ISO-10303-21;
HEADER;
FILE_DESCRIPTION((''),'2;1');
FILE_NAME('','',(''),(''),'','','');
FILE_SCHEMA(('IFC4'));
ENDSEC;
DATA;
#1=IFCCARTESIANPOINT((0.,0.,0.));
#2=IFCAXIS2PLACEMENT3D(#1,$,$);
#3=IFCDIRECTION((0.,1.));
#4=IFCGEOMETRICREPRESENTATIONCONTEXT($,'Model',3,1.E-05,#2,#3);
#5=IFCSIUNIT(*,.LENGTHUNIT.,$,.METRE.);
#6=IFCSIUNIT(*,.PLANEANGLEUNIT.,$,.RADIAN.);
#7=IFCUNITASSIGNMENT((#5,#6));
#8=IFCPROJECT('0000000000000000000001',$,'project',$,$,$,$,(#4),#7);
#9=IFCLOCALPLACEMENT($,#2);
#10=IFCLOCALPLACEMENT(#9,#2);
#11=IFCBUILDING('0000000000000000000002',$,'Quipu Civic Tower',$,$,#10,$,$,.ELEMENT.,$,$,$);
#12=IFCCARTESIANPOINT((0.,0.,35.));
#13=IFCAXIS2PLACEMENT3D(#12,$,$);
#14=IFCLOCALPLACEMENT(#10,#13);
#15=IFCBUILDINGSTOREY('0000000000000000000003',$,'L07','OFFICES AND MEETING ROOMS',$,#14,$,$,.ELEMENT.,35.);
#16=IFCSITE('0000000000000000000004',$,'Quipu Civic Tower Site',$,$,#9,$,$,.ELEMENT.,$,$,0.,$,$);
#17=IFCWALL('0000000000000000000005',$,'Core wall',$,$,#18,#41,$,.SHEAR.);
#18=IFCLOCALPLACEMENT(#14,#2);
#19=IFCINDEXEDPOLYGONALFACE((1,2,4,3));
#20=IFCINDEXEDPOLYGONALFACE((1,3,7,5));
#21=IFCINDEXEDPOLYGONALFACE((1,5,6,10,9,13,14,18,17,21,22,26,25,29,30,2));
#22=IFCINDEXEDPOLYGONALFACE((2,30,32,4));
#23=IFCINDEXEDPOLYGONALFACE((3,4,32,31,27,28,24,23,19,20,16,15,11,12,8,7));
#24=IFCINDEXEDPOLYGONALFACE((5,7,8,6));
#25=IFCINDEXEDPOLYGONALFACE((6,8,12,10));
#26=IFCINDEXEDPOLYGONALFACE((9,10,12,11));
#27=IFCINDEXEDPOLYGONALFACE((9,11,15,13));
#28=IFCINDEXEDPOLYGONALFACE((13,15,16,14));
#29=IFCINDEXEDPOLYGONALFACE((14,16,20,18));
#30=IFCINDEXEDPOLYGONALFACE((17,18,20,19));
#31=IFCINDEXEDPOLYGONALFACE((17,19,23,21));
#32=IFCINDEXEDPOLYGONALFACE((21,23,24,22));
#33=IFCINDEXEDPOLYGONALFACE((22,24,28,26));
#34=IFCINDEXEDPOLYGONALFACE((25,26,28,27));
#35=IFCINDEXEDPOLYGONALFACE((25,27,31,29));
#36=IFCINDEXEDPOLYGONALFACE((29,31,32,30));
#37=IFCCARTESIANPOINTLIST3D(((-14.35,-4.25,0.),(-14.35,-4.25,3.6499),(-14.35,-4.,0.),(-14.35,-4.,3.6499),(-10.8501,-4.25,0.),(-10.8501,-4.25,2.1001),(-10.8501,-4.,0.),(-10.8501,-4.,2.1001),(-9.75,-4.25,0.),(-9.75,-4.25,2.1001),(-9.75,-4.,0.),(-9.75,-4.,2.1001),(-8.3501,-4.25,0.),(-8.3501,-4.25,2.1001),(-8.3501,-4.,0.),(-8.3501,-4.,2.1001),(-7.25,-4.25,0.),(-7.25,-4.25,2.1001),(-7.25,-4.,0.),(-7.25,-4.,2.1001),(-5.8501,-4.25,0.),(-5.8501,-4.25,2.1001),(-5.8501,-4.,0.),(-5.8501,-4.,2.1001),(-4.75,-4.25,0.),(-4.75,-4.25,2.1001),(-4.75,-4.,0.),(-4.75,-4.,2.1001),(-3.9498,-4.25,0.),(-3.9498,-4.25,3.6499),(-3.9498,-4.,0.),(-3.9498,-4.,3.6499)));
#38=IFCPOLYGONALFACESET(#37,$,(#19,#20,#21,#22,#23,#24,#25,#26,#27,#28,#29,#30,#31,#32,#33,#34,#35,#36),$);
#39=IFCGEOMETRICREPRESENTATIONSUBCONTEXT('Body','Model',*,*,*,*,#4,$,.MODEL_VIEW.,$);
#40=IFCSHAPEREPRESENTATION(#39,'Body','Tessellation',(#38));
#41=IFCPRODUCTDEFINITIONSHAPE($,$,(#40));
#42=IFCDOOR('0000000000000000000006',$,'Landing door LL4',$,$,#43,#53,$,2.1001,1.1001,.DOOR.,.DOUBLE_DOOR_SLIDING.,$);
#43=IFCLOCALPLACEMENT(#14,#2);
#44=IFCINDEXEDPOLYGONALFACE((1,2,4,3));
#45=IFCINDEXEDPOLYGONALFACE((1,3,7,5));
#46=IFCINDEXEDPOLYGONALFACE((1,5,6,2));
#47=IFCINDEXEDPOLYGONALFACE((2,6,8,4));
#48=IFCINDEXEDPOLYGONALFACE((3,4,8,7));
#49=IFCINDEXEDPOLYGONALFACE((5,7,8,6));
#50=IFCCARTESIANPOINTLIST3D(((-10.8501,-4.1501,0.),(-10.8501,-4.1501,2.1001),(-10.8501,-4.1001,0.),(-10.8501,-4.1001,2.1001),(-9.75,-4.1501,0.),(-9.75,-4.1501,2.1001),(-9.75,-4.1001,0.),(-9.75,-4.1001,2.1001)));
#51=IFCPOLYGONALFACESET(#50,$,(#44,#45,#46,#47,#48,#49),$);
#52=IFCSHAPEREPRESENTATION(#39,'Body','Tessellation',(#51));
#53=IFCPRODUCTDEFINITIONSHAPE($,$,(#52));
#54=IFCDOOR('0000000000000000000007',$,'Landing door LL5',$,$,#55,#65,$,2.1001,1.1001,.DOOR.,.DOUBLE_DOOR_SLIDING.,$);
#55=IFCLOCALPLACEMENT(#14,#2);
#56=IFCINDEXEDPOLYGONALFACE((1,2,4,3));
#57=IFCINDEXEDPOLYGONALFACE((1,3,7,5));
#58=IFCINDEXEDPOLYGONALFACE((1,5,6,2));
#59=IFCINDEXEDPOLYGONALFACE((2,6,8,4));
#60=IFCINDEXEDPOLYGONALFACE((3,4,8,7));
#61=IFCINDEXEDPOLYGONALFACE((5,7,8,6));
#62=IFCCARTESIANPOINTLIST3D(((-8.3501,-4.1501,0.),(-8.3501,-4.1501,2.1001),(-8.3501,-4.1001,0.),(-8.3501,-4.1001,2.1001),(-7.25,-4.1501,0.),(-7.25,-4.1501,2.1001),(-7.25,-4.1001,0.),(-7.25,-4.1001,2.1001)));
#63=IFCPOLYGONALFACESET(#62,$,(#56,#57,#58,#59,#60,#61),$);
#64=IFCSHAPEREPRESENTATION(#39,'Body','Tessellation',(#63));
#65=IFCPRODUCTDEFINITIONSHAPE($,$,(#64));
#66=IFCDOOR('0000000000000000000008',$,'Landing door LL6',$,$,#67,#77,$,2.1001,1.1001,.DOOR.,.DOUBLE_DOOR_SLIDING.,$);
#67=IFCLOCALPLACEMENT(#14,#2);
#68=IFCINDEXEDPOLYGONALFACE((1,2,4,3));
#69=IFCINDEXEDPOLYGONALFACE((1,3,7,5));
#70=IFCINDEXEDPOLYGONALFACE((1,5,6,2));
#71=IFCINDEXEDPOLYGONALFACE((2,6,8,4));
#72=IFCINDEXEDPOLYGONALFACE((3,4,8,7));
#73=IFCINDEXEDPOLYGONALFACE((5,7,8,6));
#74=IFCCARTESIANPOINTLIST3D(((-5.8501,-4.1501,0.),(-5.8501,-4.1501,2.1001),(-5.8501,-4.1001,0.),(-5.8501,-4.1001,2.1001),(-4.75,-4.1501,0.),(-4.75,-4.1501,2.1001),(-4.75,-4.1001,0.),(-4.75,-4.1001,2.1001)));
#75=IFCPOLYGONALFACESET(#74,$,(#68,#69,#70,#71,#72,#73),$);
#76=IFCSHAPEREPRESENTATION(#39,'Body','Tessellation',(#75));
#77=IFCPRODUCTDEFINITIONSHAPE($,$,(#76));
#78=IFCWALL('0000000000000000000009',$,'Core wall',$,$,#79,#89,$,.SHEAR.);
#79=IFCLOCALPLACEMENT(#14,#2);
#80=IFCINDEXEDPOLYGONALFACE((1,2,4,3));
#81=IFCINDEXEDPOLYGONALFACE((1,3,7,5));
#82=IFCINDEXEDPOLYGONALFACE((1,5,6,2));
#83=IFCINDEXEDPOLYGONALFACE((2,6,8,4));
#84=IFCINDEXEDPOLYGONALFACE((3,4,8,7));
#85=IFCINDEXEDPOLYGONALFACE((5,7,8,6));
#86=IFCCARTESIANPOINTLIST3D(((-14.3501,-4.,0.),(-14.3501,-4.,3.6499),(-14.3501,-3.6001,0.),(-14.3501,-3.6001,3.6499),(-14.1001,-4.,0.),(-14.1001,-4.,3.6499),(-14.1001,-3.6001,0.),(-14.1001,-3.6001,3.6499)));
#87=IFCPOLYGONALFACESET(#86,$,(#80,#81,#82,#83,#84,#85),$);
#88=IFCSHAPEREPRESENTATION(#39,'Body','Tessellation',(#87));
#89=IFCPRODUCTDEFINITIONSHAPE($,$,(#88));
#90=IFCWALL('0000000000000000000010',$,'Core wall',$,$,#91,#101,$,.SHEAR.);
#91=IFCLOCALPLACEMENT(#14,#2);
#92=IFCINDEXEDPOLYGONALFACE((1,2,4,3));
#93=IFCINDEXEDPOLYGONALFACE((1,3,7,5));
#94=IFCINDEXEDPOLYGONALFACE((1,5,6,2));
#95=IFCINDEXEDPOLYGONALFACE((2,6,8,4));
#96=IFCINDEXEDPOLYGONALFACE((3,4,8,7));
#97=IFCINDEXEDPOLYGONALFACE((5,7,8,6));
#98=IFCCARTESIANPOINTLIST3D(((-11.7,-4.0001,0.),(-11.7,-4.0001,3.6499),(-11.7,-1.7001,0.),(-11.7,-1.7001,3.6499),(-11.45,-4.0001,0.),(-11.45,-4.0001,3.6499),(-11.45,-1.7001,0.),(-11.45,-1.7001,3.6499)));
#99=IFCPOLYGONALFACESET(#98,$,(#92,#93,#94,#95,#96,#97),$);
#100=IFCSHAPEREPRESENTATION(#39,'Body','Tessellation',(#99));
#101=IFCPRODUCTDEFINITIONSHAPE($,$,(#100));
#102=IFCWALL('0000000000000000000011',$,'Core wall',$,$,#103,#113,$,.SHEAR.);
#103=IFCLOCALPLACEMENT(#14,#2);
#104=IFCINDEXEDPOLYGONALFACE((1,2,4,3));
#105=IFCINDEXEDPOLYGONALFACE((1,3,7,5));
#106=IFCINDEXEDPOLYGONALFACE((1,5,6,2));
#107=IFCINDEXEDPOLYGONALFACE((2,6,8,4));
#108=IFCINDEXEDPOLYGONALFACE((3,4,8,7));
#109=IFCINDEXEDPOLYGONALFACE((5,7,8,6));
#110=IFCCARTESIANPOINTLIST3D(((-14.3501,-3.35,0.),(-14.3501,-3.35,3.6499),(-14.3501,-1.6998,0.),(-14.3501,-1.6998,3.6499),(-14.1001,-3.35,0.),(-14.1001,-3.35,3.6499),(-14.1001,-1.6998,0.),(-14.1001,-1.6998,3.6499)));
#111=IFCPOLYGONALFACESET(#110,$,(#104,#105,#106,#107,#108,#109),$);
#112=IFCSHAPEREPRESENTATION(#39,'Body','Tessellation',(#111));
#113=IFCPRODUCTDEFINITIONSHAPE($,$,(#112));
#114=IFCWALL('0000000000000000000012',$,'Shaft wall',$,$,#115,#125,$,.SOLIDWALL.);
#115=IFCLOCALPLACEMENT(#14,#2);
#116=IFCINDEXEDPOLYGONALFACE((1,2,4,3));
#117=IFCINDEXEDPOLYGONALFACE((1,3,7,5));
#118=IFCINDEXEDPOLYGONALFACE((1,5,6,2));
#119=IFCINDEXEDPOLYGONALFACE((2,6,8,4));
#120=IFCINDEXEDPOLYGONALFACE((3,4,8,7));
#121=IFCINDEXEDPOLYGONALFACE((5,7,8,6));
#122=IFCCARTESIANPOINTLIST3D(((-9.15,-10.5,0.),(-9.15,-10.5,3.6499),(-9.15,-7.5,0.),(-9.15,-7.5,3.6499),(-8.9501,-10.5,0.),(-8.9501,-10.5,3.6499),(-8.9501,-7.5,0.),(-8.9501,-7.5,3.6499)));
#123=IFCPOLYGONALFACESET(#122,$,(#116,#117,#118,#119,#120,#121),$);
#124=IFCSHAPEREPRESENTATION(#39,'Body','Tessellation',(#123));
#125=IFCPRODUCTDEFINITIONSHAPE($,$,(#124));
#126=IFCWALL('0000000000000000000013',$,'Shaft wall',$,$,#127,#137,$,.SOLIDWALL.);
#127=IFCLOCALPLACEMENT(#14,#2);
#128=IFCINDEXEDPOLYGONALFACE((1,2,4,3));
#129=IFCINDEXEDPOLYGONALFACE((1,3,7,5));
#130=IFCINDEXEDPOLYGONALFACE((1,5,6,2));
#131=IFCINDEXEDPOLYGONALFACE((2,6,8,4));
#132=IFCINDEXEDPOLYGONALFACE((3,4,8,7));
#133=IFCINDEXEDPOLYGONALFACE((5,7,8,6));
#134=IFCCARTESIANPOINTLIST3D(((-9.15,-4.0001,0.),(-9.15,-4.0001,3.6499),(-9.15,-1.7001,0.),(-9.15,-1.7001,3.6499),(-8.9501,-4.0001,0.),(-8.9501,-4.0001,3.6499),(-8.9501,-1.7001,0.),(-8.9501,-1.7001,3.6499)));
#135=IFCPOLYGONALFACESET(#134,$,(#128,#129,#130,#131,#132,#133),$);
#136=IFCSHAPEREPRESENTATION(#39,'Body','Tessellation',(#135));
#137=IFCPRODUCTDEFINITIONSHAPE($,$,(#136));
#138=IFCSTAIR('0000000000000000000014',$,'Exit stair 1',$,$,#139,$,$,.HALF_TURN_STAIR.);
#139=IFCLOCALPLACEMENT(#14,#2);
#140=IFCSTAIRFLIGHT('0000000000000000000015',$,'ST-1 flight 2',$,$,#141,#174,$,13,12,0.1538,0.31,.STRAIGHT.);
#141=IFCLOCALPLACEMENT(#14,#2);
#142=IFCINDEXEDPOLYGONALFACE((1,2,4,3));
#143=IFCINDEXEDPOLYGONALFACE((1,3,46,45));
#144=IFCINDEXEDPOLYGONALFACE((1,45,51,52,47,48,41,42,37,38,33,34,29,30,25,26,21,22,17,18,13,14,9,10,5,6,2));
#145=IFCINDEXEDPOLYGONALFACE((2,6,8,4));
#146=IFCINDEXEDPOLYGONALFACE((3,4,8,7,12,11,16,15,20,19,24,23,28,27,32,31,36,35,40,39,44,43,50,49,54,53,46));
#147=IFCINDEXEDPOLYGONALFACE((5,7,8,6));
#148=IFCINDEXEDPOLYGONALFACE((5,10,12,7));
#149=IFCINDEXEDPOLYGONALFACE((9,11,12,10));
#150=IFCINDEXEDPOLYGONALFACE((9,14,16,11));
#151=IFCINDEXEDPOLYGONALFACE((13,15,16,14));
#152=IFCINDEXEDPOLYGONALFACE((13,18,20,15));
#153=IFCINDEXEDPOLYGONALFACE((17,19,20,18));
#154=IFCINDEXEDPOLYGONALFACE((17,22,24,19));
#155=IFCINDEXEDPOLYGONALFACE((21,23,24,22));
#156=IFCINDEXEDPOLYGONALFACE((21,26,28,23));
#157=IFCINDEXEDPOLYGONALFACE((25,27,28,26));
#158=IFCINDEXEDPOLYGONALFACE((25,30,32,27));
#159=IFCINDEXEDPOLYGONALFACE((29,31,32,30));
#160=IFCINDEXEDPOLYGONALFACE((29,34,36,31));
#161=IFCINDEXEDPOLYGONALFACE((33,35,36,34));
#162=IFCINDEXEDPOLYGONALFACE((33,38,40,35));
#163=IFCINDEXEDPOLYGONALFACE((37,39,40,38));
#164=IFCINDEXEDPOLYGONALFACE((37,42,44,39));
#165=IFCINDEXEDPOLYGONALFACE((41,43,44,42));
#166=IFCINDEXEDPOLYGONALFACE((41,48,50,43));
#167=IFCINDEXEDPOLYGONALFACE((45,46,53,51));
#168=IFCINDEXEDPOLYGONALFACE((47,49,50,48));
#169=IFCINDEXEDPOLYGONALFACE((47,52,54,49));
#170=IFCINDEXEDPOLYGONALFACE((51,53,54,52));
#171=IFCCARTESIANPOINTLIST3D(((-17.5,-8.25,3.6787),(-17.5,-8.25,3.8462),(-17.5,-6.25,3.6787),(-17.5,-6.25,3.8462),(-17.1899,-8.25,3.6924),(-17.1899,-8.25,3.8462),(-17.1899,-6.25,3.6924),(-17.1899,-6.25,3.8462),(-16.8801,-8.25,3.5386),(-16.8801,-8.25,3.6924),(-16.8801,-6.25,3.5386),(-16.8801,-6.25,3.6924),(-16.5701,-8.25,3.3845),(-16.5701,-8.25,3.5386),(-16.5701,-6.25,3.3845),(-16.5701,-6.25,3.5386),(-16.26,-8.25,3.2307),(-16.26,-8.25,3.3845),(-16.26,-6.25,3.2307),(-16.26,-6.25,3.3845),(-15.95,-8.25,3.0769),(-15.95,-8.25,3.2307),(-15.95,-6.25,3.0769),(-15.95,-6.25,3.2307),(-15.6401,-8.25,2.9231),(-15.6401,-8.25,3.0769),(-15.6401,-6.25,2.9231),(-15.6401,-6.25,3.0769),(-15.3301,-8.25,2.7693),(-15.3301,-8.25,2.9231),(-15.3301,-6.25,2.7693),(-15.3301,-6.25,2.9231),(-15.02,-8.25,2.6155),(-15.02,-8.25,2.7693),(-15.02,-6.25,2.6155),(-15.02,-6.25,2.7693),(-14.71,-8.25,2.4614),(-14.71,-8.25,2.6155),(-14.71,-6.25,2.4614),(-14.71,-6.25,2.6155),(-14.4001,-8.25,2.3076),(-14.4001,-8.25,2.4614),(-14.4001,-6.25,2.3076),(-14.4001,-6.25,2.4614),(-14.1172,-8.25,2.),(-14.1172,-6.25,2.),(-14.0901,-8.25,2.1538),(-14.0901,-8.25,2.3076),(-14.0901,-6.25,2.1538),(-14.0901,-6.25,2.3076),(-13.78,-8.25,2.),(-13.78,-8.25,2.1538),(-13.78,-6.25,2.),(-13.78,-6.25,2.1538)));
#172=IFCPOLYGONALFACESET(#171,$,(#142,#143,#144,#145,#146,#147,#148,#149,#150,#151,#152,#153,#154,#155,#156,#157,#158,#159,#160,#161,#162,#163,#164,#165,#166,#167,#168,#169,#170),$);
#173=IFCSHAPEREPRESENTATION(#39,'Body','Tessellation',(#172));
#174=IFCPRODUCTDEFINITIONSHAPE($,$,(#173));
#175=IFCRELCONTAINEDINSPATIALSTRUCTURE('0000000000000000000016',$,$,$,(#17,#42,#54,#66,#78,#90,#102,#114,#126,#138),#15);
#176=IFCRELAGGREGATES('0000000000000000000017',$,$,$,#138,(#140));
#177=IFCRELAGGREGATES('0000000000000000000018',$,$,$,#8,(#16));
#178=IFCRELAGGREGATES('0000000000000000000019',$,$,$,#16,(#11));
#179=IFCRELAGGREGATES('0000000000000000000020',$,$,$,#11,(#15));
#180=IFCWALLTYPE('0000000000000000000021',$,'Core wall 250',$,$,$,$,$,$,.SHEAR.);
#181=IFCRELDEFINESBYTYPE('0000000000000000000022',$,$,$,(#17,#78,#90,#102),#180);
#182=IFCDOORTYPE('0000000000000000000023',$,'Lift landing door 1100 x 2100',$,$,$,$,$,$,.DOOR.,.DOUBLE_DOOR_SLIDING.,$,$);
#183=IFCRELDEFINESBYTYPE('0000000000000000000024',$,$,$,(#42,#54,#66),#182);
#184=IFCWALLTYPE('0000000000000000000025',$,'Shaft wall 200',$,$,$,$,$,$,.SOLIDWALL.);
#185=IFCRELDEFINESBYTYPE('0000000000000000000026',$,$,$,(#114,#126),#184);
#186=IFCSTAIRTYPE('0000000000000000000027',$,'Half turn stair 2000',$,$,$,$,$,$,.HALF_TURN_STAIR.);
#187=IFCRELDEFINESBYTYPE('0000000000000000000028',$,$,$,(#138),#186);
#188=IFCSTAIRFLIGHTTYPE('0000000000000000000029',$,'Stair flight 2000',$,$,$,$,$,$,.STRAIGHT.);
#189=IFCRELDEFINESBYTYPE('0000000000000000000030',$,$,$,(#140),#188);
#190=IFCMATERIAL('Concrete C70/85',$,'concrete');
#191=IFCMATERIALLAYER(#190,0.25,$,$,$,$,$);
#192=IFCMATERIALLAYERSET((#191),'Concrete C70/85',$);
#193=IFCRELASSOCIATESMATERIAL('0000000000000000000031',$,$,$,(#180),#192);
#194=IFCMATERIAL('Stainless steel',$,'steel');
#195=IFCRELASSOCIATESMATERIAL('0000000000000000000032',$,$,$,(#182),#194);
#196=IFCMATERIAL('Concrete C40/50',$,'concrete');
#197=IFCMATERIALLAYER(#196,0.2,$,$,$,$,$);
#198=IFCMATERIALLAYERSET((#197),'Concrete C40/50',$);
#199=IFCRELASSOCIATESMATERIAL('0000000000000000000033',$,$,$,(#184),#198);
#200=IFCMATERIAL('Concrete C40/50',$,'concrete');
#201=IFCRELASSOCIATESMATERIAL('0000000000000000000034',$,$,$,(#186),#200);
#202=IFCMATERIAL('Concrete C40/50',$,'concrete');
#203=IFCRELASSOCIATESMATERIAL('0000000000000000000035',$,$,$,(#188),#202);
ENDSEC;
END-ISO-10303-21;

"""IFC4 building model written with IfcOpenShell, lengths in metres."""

from ifc_helpers import new_model, si_unit, direction, frame, frame_2d, origin, place, context, subcontext, project, spatial, polyline, rectangle, outline, extrude, material, layer, layer_set, type_object, element, fill, aggregate, save


model = new_model("IFC4")

# Units and contexts
model_context = context("Model", 3, precision=1e-05, world=origin(), true_north=direction((0.0, 1.0)))
body_context = subcontext(model_context, "Body", "Model", "MODEL_VIEW")
ifc_project = project(units=[si_unit("LENGTHUNIT", "METRE"), si_unit("PLANEANGLEUNIT", "RADIAN")], contexts=[model_context])

# Site, building, storey
site_placement = place(None, origin())
site = spatial("IfcSite", under=ifc_project, at=site_placement, Name="Quipu Civic Tower Site", CompositionType="ELEMENT", RefElevation=0.0)
building_placement = place(site_placement, origin())
building = spatial("IfcBuilding", under=site, at=building_placement, Name="Quipu Civic Tower", CompositionType="ELEMENT")
storey_placement = place(building_placement, frame((0.0, 0.0, 35.0)))
storey = spatial("IfcBuildingStorey", under=building, at=storey_placement, Name="L07", Description="OFFICES AND MEETING ROOMS", CompositionType="ELEMENT", Elevation=35.0)

# Shared definitions
ifc_material_1 = material(Name="Concrete C70/85", Category="concrete")
ifc_layer_1 = layer(ifc_material_1, 0.25)
ifc_layer_set_1 = layer_set([ifc_layer_1], Name="Concrete C70/85")
wall_type_1 = type_object("IfcWallType", Name="Core wall 250", PredefinedType="SHEAR", material=ifc_layer_set_1)

# Wall, openings, doors
wall_1_placement = place(storey_placement, frame((-14.3501, -4.125, 0.0), z_axis=(0.0, 0.0, 1.0), x_axis=(1.0, 0.0, 0.0)))
wall_1 = element("IfcWall", 1, at=wall_1_placement, inside=storey, type_object=wall_type_1, Name="Core wall", PredefinedType="SHEAR", context=body_context, shape_type="SweptSolid", body=[
    extrude(rectangle(XDim=10.4001, YDim=0.25, at=frame_2d((5.2002, 0.0))), origin(), (0.0, 0.0, 1.0), 3.6499),
])
opening_1_placement = place(wall_1_placement, frame((3.5, 0.0, 0.0)))
opening_1 = element("IfcOpeningElement", 2, at=opening_1_placement, cuts=wall_1, PredefinedType="OPENING", context=body_context, shape_type="SweptSolid", body=[
    extrude(rectangle(XDim=1.1001, YDim=2.1001, at=frame_2d((0.55, 1.05))), frame((0.0, 0.135, 0.0), z_axis=(0.0, -1.0, 0.0), x_axis=(1.0, 0.0, 0.0)), (0.0, 0.0, 1.0), 0.27),
])
opening_2_placement = place(wall_1_placement, frame((6.0, 0.0, 0.0)))
opening_2 = element("IfcOpeningElement", 3, at=opening_2_placement, cuts=wall_1, PredefinedType="OPENING", context=body_context, shape_type="SweptSolid", body=[
    extrude(rectangle(XDim=1.1001, YDim=2.1001, at=frame_2d((0.55, 1.05))), frame((0.0, 0.135, 0.0), z_axis=(0.0, -1.0, 0.0), x_axis=(1.0, 0.0, 0.0)), (0.0, 0.0, 1.0), 0.27),
])
opening_3_placement = place(wall_1_placement, frame((8.5, 0.0, 0.0)))
opening_3 = element("IfcOpeningElement", 4, at=opening_3_placement, cuts=wall_1, PredefinedType="OPENING", context=body_context, shape_type="SweptSolid", body=[
    extrude(rectangle(XDim=1.1001, YDim=2.1001, at=frame_2d((0.55, 1.05))), frame((0.0, 0.135, 0.0), z_axis=(0.0, -1.0, 0.0), x_axis=(1.0, 0.0, 0.0)), (0.0, 0.0, 1.0), 0.27),
])
ifc_material_2 = material(Name="Stainless steel", Category="steel")
door_type_1 = type_object("IfcDoorType", Name="Lift landing door 1100 x 2100", OperationType="DOUBLE_DOOR_SLIDING", PredefinedType="DOOR", material=ifc_material_2)
door_1_placement = place(opening_1_placement, origin())
door_1 = element("IfcDoor", 5, at=door_1_placement, inside=storey, type_object=door_type_1, Name="Landing door LL4", OperationType="DOUBLE_DOOR_SLIDING", OverallHeight=2.1001, OverallWidth=1.1001, PredefinedType="DOOR", context=body_context, shape_type="SweptSolid", body=[
    extrude(rectangle(XDim=1.1001, YDim=2.1001, at=frame_2d((0.55, 1.05))), frame((0.0, 0.0249, 0.0), z_axis=(0.0, -1.0, 0.0), x_axis=(1.0, 0.0, 0.0)), (0.0, 0.0, 1.0), 0.05),
])
fill(opening_1, door_1)
door_2_placement = place(opening_2_placement, origin())
door_2 = element("IfcDoor", 6, at=door_2_placement, inside=storey, type_object=door_type_1, Name="Landing door LL5", OperationType="DOUBLE_DOOR_SLIDING", OverallHeight=2.1001, OverallWidth=1.1001, PredefinedType="DOOR", context=body_context, shape_type="SweptSolid", body=[
    extrude(rectangle(XDim=1.1001, YDim=2.1001, at=frame_2d((0.55, 1.05))), frame((0.0, 0.0249, 0.0), z_axis=(0.0, -1.0, 0.0), x_axis=(1.0, 0.0, 0.0)), (0.0, 0.0, 1.0), 0.05),
])
fill(opening_2, door_2)
door_3_placement = place(opening_3_placement, origin())
door_3 = element("IfcDoor", 7, at=door_3_placement, inside=storey, type_object=door_type_1, Name="Landing door LL6", OperationType="DOUBLE_DOOR_SLIDING", OverallHeight=2.1001, OverallWidth=1.1001, PredefinedType="DOOR", context=body_context, shape_type="SweptSolid", body=[
    extrude(rectangle(XDim=1.1001, YDim=2.1001, at=frame_2d((0.55, 1.05))), frame((0.0, 0.0249, 0.0), z_axis=(0.0, -1.0, 0.0), x_axis=(1.0, 0.0, 0.0)), (0.0, 0.0, 1.0), 0.05),
])
fill(opening_3, door_3)

# Walls
wall_2_placement = place(storey_placement, frame((-14.2251, -4.0, 0.0), z_axis=(0.0, 0.0, 1.0), x_axis=(0.0, 1.0, 0.0)))
element("IfcWall", 8, at=wall_2_placement, inside=storey, type_object=wall_type_1, Name="Core wall", PredefinedType="SHEAR", context=body_context, shape_type="SweptSolid", body=[
    extrude(rectangle(XDim=0.3999, YDim=0.25, at=frame_2d((0.2, 0.0))), origin(), (0.0, 0.0, 1.0), 3.6499),
])
wall_3_placement = place(storey_placement, frame((-11.575, -4.0, 0.0), z_axis=(0.0, 0.0, 1.0), x_axis=(0.0, 1.0, 0.0)))
element("IfcWall", 9, at=wall_3_placement, inside=storey, type_object=wall_type_1, Name="Core wall", PredefinedType="SHEAR", context=body_context, shape_type="SweptSolid", body=[
    extrude(rectangle(XDim=2.3, YDim=0.25, at=frame_2d((1.1499, 0.0))), origin(), (0.0, 0.0, 1.0), 3.6499),
])
wall_4_placement = place(storey_placement, frame((-14.2251, -3.3501, 0.0), z_axis=(0.0, 0.0, 1.0), x_axis=(0.0, 1.0, 0.0)))
element("IfcWall", 10, at=wall_4_placement, inside=storey, type_object=wall_type_1, Name="Core wall", PredefinedType="SHEAR", context=body_context, shape_type="SweptSolid", body=[
    extrude(rectangle(XDim=1.6501, YDim=0.25, at=frame_2d((0.8252, 0.0))), origin(), (0.0, 0.0, 1.0), 3.6499),
])
ifc_material_3 = material(Name="Concrete C40/50", Category="concrete")
ifc_layer_2 = layer(ifc_material_3, 0.2)
ifc_layer_set_2 = layer_set([ifc_layer_2], Name="Concrete C40/50")
wall_type_2 = type_object("IfcWallType", Name="Shaft wall 200", PredefinedType="SOLIDWALL", material=ifc_layer_set_2)
wall_5_placement = place(storey_placement, frame((-9.05, -10.5, 0.0), z_axis=(0.0, 0.0, 1.0), x_axis=(0.0, 1.0, 0.0)))
element("IfcWall", 11, at=wall_5_placement, inside=storey, type_object=wall_type_2, Name="Shaft wall", PredefinedType="SOLIDWALL", context=body_context, shape_type="SweptSolid", body=[
    extrude(rectangle(XDim=3.0, YDim=0.2, at=frame_2d((1.5, 0.0))), origin(), (0.0, 0.0, 1.0), 3.6499),
])
wall_6_placement = place(storey_placement, frame((-9.05, -4.0, 0.0), z_axis=(0.0, 0.0, 1.0), x_axis=(0.0, 1.0, 0.0)))
element("IfcWall", 12, at=wall_6_placement, inside=storey, type_object=wall_type_2, Name="Shaft wall", PredefinedType="SOLIDWALL", context=body_context, shape_type="SweptSolid", body=[
    extrude(rectangle(XDim=2.3, YDim=0.2, at=frame_2d((1.1499, 0.0))), origin(), (0.0, 0.0, 1.0), 3.6499),
])

# Stair, stair flight
ifc_material_4 = material(Name="Concrete C40/50", Category="concrete")
stair_type = type_object("IfcStairType", Name="Half turn stair 2000", PredefinedType="HALF_TURN_STAIR", material=ifc_material_4)
stair_placement = place(storey_placement, origin())
stair = element("IfcStair", 13, at=stair_placement, inside=storey, type_object=stair_type, Name="Exit stair 1", PredefinedType="HALF_TURN_STAIR")
ifc_material_5 = material(Name="Concrete C40/50", Category="concrete")
stair_flight_type = type_object("IfcStairFlightType", Name="Stair flight 2000", PredefinedType="STRAIGHT", material=ifc_material_5)
stair_flight_placement = place(storey_placement, frame((-13.78, -7.25, 2.0), z_axis=(0.0, 0.0, 1.0), x_axis=(-1.0, 0.0, 0.0)))
stair_flight = element("IfcStairFlight", 14, at=stair_flight_placement, type_object=stair_flight_type, Name="ST-1 flight 2", NumberOfRisers=13, NumberOfTreads=12, PredefinedType="STRAIGHT", RiserHeight=0.1538, TreadLength=0.31, context=body_context, shape_type="SweptSolid", body=[
    extrude(outline(polyline([(0.0, 0.0), (0.0, 0.1538), (0.3101, 0.1538), (0.3101, 0.3076), (0.6201, 0.3076), (0.6201, 0.4614), (0.9299, 0.4614), (0.9299, 0.6155), (1.24, 0.6155), (1.24, 0.7693), (1.55, 0.7693), (1.55, 0.9231), (1.8601, 0.9231), (1.8601, 1.0769), (2.1699, 1.0769), (2.1699, 1.2307), (2.48, 1.2307), (2.48, 1.3845), (2.79, 1.3845), (2.79, 1.5386), (3.1001, 1.5386), (3.1001, 1.6924), (3.4099, 1.6924), (3.4099, 1.8462), (3.72, 1.8462), (3.72, 2.0), (3.72, 1.6787), (0.3372, 0.0), (0.0, 0.0)])), frame((0.0, 1.0, 0.0), z_axis=(0.0, -1.0, 0.0), x_axis=(1.0, 0.0, 0.0)), (0.0, 0.0, 1.0), 2.0),
])
aggregate(stair, [stair_flight])

save(model, "model.ifc")
